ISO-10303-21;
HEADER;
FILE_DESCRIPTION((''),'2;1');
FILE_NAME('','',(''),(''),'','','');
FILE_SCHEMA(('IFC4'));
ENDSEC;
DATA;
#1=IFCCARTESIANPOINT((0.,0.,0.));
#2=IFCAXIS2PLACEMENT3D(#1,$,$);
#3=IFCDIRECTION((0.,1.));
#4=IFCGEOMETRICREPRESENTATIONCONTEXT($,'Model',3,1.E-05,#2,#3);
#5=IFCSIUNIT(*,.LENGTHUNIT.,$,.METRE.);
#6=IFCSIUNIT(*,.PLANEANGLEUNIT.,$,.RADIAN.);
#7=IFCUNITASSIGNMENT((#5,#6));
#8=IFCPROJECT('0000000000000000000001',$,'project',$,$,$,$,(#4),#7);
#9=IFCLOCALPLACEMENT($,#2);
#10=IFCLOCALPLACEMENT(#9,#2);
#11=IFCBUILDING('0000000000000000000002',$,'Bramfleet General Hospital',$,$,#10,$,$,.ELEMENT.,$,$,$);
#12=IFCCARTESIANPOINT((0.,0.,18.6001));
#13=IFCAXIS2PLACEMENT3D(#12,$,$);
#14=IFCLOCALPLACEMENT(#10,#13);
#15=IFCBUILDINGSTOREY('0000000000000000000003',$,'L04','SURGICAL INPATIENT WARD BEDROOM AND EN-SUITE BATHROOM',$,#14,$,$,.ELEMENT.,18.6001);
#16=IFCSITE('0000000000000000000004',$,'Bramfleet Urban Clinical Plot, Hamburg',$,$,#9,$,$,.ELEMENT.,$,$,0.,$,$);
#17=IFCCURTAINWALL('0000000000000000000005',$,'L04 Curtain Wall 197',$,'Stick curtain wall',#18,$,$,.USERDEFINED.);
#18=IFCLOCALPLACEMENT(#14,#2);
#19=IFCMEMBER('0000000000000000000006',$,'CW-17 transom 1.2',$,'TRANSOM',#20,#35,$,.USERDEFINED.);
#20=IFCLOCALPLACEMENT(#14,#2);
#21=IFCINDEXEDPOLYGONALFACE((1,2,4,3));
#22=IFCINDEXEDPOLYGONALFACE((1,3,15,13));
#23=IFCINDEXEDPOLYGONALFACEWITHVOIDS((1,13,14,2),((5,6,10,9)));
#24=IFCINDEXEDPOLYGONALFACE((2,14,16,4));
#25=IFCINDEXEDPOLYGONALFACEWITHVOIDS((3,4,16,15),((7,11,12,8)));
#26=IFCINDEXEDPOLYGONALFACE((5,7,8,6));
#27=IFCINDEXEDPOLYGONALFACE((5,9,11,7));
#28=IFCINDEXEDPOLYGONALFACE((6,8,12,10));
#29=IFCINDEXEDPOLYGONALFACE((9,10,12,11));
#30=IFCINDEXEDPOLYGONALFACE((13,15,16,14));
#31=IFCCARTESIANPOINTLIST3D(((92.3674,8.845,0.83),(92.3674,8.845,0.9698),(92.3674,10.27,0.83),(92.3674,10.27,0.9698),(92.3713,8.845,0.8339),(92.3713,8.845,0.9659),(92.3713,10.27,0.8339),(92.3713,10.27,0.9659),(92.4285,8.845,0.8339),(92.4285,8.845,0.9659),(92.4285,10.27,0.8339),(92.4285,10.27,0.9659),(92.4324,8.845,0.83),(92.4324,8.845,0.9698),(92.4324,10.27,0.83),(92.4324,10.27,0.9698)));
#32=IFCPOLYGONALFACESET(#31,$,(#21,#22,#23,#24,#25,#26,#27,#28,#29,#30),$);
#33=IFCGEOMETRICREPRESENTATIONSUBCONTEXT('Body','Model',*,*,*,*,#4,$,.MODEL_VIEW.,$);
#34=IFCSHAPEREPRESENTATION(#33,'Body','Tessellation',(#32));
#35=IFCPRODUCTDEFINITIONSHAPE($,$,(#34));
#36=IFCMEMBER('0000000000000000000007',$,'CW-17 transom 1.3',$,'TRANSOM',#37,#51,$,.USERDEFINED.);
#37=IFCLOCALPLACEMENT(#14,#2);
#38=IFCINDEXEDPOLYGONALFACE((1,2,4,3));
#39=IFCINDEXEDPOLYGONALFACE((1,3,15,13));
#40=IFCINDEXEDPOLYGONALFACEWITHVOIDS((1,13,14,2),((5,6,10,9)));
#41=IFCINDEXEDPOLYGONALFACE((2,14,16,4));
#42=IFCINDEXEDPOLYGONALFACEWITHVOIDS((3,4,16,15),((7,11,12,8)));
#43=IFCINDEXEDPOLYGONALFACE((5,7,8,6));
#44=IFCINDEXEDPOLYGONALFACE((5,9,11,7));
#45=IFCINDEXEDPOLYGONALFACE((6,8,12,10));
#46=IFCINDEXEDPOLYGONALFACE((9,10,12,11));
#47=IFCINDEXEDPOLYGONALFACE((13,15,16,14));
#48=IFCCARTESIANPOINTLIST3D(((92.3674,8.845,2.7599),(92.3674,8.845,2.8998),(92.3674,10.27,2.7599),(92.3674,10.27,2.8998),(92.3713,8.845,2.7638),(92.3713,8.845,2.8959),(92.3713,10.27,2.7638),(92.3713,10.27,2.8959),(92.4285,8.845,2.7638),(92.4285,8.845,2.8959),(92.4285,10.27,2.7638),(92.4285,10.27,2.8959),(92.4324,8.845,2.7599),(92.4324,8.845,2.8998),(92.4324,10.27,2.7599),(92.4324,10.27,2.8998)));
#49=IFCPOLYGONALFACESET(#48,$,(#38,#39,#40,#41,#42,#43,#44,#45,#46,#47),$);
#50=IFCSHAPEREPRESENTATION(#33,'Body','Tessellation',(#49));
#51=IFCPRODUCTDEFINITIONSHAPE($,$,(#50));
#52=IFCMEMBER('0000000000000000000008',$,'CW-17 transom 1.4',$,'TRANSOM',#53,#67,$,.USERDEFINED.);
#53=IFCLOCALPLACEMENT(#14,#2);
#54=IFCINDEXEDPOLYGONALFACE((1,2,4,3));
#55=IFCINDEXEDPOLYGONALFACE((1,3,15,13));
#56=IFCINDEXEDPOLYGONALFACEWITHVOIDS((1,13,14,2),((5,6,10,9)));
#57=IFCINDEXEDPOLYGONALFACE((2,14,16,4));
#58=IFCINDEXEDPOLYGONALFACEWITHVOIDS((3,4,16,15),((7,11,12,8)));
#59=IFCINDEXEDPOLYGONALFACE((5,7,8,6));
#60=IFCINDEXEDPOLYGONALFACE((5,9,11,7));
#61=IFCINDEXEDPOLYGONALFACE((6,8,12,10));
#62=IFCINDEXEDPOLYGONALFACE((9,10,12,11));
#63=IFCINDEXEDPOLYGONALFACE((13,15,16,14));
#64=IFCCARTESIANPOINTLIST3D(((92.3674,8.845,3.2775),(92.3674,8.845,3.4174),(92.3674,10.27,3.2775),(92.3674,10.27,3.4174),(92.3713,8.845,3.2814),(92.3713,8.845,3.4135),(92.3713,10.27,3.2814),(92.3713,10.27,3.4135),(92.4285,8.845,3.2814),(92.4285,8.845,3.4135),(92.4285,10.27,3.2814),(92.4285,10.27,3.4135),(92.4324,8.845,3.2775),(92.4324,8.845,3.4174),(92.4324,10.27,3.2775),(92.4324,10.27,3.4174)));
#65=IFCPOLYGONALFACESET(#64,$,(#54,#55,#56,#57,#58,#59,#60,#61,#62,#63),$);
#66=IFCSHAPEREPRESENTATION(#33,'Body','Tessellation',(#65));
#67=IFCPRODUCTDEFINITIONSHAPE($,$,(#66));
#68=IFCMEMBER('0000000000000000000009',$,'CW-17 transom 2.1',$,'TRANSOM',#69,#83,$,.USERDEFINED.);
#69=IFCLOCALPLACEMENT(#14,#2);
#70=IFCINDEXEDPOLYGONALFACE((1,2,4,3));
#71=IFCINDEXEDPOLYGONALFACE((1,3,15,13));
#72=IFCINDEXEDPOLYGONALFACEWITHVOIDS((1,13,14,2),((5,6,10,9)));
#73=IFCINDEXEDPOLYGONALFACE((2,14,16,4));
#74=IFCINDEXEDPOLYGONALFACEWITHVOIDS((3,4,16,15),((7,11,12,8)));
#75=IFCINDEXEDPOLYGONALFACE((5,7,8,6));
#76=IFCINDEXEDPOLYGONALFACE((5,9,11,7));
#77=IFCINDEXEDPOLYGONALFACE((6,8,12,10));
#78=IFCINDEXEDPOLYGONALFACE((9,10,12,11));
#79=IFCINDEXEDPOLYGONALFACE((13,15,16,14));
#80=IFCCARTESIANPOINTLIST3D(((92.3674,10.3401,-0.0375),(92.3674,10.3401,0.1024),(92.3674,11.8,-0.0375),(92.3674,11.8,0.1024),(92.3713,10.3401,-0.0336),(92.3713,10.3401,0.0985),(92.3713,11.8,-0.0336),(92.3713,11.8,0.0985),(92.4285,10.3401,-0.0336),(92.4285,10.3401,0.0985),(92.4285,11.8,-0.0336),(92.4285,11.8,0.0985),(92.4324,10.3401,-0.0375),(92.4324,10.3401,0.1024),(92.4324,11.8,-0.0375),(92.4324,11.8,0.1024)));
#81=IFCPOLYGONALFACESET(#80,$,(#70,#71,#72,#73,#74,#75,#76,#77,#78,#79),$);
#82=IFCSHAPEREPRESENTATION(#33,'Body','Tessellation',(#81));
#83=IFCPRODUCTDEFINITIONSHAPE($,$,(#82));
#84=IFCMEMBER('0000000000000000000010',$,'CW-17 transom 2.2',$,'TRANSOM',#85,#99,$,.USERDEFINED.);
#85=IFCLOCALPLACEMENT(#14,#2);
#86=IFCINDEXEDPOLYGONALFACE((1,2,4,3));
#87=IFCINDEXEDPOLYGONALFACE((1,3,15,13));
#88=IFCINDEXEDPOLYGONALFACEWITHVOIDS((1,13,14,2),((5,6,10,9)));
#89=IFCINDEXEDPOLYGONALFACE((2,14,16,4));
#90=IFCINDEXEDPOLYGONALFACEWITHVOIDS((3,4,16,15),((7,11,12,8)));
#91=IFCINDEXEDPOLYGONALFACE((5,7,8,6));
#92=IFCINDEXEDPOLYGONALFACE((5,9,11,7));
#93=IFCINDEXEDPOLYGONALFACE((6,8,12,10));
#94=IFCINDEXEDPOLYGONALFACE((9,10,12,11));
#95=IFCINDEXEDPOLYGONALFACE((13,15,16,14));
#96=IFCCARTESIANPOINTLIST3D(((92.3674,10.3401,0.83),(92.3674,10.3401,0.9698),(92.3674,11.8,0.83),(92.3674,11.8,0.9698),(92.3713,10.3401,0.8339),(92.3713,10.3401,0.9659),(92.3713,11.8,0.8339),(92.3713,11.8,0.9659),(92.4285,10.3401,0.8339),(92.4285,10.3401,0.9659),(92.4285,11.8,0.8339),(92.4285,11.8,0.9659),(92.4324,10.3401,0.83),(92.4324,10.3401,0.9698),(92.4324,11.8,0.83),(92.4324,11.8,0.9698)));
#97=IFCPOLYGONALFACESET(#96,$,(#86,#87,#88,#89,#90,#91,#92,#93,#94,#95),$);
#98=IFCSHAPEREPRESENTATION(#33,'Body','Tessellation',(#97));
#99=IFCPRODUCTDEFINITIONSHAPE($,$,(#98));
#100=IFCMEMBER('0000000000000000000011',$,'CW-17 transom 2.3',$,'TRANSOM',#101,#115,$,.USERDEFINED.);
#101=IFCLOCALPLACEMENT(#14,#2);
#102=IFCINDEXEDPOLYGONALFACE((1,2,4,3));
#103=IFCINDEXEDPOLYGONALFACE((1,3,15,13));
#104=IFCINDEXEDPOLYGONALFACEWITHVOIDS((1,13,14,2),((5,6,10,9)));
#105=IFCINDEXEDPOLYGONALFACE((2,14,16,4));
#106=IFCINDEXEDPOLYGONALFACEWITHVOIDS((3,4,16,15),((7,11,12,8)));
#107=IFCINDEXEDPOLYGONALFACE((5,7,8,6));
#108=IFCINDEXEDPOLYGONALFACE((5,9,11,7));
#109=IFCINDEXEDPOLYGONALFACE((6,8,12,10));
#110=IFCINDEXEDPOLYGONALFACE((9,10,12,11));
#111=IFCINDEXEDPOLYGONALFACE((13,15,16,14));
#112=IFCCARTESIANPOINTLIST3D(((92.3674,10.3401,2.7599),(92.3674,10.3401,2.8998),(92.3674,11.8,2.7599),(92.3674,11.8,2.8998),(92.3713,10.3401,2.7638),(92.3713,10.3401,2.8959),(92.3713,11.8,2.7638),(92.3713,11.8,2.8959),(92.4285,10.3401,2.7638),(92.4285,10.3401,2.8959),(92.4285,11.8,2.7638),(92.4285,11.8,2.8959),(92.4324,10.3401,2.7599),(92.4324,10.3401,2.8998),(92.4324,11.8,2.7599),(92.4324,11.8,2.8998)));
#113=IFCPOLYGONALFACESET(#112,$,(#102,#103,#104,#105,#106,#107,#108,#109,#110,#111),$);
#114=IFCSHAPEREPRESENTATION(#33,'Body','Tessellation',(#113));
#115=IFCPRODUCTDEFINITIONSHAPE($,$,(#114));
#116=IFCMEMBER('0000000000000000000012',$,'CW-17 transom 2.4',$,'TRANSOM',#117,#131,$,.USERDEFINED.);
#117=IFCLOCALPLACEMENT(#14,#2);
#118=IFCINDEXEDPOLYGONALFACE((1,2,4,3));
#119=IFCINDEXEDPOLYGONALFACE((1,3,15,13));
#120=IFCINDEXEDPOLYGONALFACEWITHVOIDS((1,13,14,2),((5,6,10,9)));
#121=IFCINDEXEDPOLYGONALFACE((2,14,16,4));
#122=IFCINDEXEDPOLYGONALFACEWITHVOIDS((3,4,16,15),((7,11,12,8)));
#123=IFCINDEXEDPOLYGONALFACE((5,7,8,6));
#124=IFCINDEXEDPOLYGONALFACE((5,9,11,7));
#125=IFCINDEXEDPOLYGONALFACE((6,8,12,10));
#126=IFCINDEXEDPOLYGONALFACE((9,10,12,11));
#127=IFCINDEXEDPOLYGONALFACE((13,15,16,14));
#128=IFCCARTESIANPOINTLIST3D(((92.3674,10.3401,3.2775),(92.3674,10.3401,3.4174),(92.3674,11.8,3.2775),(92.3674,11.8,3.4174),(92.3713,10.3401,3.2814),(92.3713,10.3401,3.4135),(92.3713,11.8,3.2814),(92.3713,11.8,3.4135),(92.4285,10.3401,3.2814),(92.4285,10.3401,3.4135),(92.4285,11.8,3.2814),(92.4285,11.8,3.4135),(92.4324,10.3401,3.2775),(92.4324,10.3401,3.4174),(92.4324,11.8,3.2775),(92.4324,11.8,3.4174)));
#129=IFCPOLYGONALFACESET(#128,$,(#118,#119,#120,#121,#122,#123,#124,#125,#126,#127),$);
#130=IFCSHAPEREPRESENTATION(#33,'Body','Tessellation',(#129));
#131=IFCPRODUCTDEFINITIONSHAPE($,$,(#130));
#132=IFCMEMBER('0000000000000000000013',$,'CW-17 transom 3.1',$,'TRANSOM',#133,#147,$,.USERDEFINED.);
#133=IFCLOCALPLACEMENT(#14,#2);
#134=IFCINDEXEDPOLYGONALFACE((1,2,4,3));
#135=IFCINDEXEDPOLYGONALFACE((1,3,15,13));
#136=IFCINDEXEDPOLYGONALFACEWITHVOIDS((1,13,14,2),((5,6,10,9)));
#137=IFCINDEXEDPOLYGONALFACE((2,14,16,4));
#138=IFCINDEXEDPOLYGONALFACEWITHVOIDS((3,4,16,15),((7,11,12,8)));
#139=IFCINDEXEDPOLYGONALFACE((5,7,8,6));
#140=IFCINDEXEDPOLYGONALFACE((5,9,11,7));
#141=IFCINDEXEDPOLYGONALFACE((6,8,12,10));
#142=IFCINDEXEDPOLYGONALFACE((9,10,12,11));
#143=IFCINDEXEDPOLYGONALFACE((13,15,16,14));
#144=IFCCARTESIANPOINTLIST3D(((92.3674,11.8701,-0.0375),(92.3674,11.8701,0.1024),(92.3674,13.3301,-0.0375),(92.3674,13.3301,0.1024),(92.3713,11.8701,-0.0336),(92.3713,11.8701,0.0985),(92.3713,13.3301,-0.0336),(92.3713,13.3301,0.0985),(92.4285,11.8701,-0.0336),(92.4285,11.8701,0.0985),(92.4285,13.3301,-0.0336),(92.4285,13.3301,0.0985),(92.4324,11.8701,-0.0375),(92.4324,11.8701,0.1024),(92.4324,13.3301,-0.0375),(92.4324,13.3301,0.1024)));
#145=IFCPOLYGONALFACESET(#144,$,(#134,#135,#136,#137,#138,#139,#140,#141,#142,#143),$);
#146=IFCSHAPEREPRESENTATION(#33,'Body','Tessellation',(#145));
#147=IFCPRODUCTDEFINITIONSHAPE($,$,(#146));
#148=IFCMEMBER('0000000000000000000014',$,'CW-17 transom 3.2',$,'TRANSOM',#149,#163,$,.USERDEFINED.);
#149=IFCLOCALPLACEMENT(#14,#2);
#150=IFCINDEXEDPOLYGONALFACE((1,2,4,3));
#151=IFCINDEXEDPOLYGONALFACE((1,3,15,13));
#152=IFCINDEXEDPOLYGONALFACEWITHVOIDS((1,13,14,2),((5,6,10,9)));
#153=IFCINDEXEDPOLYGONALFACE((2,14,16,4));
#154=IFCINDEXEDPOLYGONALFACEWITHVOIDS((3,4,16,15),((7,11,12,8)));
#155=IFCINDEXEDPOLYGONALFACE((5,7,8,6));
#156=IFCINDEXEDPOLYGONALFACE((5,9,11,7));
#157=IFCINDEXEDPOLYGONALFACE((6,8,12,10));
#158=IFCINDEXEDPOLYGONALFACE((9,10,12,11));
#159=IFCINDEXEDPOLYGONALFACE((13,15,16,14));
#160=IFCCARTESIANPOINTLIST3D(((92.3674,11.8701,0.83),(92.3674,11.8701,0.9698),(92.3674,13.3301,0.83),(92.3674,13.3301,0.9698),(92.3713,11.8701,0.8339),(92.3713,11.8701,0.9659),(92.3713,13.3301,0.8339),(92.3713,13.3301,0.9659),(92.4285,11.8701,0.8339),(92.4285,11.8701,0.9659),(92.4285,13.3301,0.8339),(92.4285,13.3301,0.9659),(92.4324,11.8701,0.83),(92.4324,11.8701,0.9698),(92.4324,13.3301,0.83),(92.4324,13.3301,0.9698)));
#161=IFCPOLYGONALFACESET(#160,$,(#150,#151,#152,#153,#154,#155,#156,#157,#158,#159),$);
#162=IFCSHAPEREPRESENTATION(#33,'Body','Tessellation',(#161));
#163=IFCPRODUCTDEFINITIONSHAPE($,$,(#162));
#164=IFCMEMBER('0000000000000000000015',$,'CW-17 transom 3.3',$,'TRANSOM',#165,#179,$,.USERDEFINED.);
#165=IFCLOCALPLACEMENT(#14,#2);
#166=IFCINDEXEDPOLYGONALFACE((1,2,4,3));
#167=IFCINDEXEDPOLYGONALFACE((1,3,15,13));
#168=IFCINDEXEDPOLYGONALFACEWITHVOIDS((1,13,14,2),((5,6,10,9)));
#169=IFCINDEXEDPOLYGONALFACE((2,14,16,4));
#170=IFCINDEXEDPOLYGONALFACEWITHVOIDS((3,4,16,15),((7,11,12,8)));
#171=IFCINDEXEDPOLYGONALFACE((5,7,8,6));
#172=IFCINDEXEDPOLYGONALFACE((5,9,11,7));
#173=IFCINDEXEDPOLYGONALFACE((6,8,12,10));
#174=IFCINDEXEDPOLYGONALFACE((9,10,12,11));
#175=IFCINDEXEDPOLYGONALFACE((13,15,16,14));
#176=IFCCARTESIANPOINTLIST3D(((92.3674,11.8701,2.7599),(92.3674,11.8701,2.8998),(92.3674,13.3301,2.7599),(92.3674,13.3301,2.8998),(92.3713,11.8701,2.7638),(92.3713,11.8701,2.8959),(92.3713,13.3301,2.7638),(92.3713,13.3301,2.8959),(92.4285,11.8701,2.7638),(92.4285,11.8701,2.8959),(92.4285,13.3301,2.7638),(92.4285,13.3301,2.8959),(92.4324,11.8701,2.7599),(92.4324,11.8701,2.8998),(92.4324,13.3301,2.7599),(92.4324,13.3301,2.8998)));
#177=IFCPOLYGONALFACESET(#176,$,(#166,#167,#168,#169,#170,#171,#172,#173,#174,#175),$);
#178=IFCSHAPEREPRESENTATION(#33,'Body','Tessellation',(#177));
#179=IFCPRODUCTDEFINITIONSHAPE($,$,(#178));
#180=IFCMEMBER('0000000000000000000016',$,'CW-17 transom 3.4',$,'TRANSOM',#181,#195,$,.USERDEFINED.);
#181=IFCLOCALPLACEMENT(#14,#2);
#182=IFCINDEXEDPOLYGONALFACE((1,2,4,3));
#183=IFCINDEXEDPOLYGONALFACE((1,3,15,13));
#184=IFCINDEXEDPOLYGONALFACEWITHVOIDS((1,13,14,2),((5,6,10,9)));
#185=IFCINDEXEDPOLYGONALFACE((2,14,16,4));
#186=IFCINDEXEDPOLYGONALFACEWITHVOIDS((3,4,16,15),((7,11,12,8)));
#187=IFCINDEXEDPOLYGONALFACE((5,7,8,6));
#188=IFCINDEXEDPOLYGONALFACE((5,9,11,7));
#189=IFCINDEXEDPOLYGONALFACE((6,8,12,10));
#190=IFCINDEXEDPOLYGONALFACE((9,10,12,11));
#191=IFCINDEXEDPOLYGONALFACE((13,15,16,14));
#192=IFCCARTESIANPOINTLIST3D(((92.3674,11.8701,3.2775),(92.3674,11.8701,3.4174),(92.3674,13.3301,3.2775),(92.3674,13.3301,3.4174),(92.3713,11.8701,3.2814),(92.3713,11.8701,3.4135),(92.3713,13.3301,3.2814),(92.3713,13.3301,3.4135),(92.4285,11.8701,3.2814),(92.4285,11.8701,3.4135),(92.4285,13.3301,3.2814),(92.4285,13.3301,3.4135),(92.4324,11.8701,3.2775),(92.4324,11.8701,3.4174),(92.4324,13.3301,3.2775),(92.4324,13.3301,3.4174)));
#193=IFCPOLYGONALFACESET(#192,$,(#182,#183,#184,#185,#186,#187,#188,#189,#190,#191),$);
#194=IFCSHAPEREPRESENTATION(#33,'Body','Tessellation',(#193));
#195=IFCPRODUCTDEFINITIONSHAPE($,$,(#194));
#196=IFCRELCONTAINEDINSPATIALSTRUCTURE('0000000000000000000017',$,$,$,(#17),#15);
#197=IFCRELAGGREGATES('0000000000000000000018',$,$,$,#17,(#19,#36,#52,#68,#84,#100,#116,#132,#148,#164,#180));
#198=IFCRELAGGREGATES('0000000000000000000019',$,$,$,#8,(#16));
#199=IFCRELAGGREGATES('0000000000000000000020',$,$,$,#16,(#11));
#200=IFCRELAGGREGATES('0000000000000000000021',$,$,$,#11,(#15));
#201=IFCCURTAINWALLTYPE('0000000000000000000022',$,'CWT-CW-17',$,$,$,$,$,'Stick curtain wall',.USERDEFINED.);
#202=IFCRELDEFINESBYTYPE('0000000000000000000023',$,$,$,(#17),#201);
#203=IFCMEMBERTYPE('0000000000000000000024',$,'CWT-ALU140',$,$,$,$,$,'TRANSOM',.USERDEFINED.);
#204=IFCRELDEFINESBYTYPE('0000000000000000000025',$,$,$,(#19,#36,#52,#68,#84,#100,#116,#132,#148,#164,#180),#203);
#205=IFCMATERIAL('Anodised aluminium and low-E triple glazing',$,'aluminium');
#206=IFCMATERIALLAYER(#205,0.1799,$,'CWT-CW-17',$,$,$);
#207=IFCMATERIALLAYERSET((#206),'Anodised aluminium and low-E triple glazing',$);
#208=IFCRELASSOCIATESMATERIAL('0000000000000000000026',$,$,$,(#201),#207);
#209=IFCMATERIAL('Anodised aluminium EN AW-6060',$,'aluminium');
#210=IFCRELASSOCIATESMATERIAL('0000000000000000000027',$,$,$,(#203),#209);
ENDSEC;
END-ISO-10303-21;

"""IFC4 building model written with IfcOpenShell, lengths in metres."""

from ifc_helpers import new_model, si_unit, direction, frame, origin, origin_2d, place, context, subcontext, project, spatial, hollow_rectangle, extrude, material, layer, layer_set, material_profile, profile_set, type_object, element, aggregate, save


model = new_model("IFC4")

# Units and contexts
model_context = context("Model", 3, precision=1e-05, world=origin(), true_north=direction((0.0, 1.0)))
body_context = subcontext(model_context, "Body", "Model", "MODEL_VIEW")
ifc_project = project(units=[si_unit("LENGTHUNIT", "METRE"), si_unit("PLANEANGLEUNIT", "RADIAN")], contexts=[model_context])

# Site, building, storey
site_placement = place(None, origin())
site = spatial("IfcSite", under=ifc_project, at=site_placement, Name="Bramfleet Urban Clinical Plot, Hamburg", CompositionType="ELEMENT", RefElevation=0.0)
building_placement = place(site_placement, origin())
building = spatial("IfcBuilding", under=site, at=building_placement, Name="Bramfleet General Hospital", CompositionType="ELEMENT")
storey_placement = place(building_placement, frame((0.0, 0.0, 18.6001)))
storey = spatial("IfcBuildingStorey", under=building, at=storey_placement, Name="L04", Description="SURGICAL INPATIENT WARD BEDROOM AND EN-SUITE BATHROOM", CompositionType="ELEMENT", Elevation=18.6001)

# Curtain wall, members
ifc_material_1 = material(Name="Anodised aluminium and low-E triple glazing", Category="aluminium")
ifc_layer_1 = layer(ifc_material_1, 0.1799, Name="CWT-CW-17")
ifc_layer_set_1 = layer_set([ifc_layer_1], Name="Anodised aluminium and low-E triple glazing")
curtain_wall_type = type_object("IfcCurtainWallType", Name="CWT-CW-17", ElementType="Stick curtain wall", PredefinedType="USERDEFINED", material=ifc_layer_set_1)
curtain_wall_placement = place(storey_placement, origin())
curtain_wall = element("IfcCurtainWall", 1, at=curtain_wall_placement, inside=storey, type_object=curtain_wall_type, Name="L04 Curtain Wall 197", ObjectType="Stick curtain wall", PredefinedType="USERDEFINED")
ifc_material_2 = material(Name="Anodised aluminium EN AW-6060", Category="aluminium")
ifc_material_profile_1 = material_profile(ifc_material_2, hollow_rectangle(XDim=0.0649, YDim=0.1399, WallThickness=0.0039, at=origin_2d()), Name="ALU 140x65x4.0")
ifc_profile_set_1 = profile_set([ifc_material_profile_1], Name="Anodised aluminium EN AW-6060")
member_type_1 = type_object("IfcMemberType", Name="CWT-ALU140", ElementType="TRANSOM", PredefinedType="USERDEFINED", material=ifc_profile_set_1)
member_1_placement = place(storey_placement, frame((92.3999, 8.845, 0.8999), z_axis=(0.0, 1.0, 0.0), x_axis=(-1.0, 0.0, 0.0)))
member_1 = element("IfcMember", 2, at=member_1_placement, type_object=member_type_1, Name="CW-17 transom 1.2", ObjectType="TRANSOM", PredefinedType="USERDEFINED", context=body_context, shape_type="SweptSolid", body=[
    extrude(hollow_rectangle(XDim=0.0649, YDim=0.1399, WallThickness=0.0039, at=origin_2d()), origin(), (0.0, 0.0, 1.0), 1.425),
])
member_2_placement = place(storey_placement, frame((92.3999, 8.845, 2.8298), z_axis=(0.0, 1.0, 0.0), x_axis=(-1.0, 0.0, 0.0)))
member_2 = element("IfcMember", 3, at=member_2_placement, type_object=member_type_1, Name="CW-17 transom 1.3", ObjectType="TRANSOM", PredefinedType="USERDEFINED", context=body_context, shape_type="SweptSolid", body=[
    extrude(hollow_rectangle(XDim=0.0649, YDim=0.1399, WallThickness=0.0039, at=origin_2d()), origin(), (0.0, 0.0, 1.0), 1.425),
])
member_3_placement = place(storey_placement, frame((92.3999, 8.845, 3.3474), z_axis=(0.0, 1.0, 0.0), x_axis=(-1.0, 0.0, 0.0)))
member_3 = element("IfcMember", 4, at=member_3_placement, type_object=member_type_1, Name="CW-17 transom 1.4", ObjectType="TRANSOM", PredefinedType="USERDEFINED", context=body_context, shape_type="SweptSolid", body=[
    extrude(hollow_rectangle(XDim=0.0649, YDim=0.1399, WallThickness=0.0039, at=origin_2d()), origin(), (0.0, 0.0, 1.0), 1.425),
])
member_4_placement = place(storey_placement, frame((92.3999, 10.3401, 0.0325), z_axis=(0.0, 1.0, 0.0), x_axis=(-1.0, 0.0, 0.0)))
member_4 = element("IfcMember", 5, at=member_4_placement, type_object=member_type_1, Name="CW-17 transom 2.1", ObjectType="TRANSOM", PredefinedType="USERDEFINED", context=body_context, shape_type="SweptSolid", body=[
    extrude(hollow_rectangle(XDim=0.0649, YDim=0.1399, WallThickness=0.0039, at=origin_2d()), origin(), (0.0, 0.0, 1.0), 1.46),
])
member_5_placement = place(storey_placement, frame((92.3999, 10.3401, 0.8999), z_axis=(0.0, 1.0, 0.0), x_axis=(-1.0, 0.0, 0.0)))
member_5 = element("IfcMember", 6, at=member_5_placement, type_object=member_type_1, Name="CW-17 transom 2.2", ObjectType="TRANSOM", PredefinedType="USERDEFINED", context=body_context, shape_type="SweptSolid", body=[
    extrude(hollow_rectangle(XDim=0.0649, YDim=0.1399, WallThickness=0.0039, at=origin_2d()), origin(), (0.0, 0.0, 1.0), 1.46),
])
member_6_placement = place(storey_placement, frame((92.3999, 10.3401, 2.8298), z_axis=(0.0, 1.0, 0.0), x_axis=(-1.0, 0.0, 0.0)))
member_6 = element("IfcMember", 7, at=member_6_placement, type_object=member_type_1, Name="CW-17 transom 2.3", ObjectType="TRANSOM", PredefinedType="USERDEFINED", context=body_context, shape_type="SweptSolid", body=[
    extrude(hollow_rectangle(XDim=0.0649, YDim=0.1399, WallThickness=0.0039, at=origin_2d()), origin(), (0.0, 0.0, 1.0), 1.46),
])
member_7_placement = place(storey_placement, frame((92.3999, 10.3401, 3.3474), z_axis=(0.0, 1.0, 0.0), x_axis=(-1.0, 0.0, 0.0)))
member_7 = element("IfcMember", 8, at=member_7_placement, type_object=member_type_1, Name="CW-17 transom 2.4", ObjectType="TRANSOM", PredefinedType="USERDEFINED", context=body_context, shape_type="SweptSolid", body=[
    extrude(hollow_rectangle(XDim=0.0649, YDim=0.1399, WallThickness=0.0039, at=origin_2d()), origin(), (0.0, 0.0, 1.0), 1.46),
])
member_8_placement = place(storey_placement, frame((92.3999, 11.8701, 0.0325), z_axis=(0.0, 1.0, 0.0), x_axis=(-1.0, 0.0, 0.0)))
member_8 = element("IfcMember", 9, at=member_8_placement, type_object=member_type_1, Name="CW-17 transom 3.1", ObjectType="TRANSOM", PredefinedType="USERDEFINED", context=body_context, shape_type="SweptSolid", body=[
    extrude(hollow_rectangle(XDim=0.0649, YDim=0.1399, WallThickness=0.0039, at=origin_2d()), origin(), (0.0, 0.0, 1.0), 1.46),
])
member_9_placement = place(storey_placement, frame((92.3999, 11.8701, 0.8999), z_axis=(0.0, 1.0, 0.0), x_axis=(-1.0, 0.0, 0.0)))
member_9 = element("IfcMember", 10, at=member_9_placement, type_object=member_type_1, Name="CW-17 transom 3.2", ObjectType="TRANSOM", PredefinedType="USERDEFINED", context=body_context, shape_type="SweptSolid", body=[
    extrude(hollow_rectangle(XDim=0.0649, YDim=0.1399, WallThickness=0.0039, at=origin_2d()), origin(), (0.0, 0.0, 1.0), 1.46),
])
member_10_placement = place(storey_placement, frame((92.3999, 11.8701, 2.8298), z_axis=(0.0, 1.0, 0.0), x_axis=(-1.0, 0.0, 0.0)))
member_10 = element("IfcMember", 11, at=member_10_placement, type_object=member_type_1, Name="CW-17 transom 3.3", ObjectType="TRANSOM", PredefinedType="USERDEFINED", context=body_context, shape_type="SweptSolid", body=[
    extrude(hollow_rectangle(XDim=0.0649, YDim=0.1399, WallThickness=0.0039, at=origin_2d()), origin(), (0.0, 0.0, 1.0), 1.46),
])
member_11_placement = place(storey_placement, frame((92.3999, 11.8701, 3.3474), z_axis=(0.0, 1.0, 0.0), x_axis=(-1.0, 0.0, 0.0)))
member_11 = element("IfcMember", 12, at=member_11_placement, type_object=member_type_1, Name="CW-17 transom 3.4", ObjectType="TRANSOM", PredefinedType="USERDEFINED", context=body_context, shape_type="SweptSolid", body=[
    extrude(hollow_rectangle(XDim=0.0649, YDim=0.1399, WallThickness=0.0039, at=origin_2d()), origin(), (0.0, 0.0, 1.0), 1.46),
])
aggregate(curtain_wall, [member_1, member_2, member_3, member_4, member_5, member_6, member_7, member_8, member_9, member_10, member_11])

save(model, "model.ifc")
